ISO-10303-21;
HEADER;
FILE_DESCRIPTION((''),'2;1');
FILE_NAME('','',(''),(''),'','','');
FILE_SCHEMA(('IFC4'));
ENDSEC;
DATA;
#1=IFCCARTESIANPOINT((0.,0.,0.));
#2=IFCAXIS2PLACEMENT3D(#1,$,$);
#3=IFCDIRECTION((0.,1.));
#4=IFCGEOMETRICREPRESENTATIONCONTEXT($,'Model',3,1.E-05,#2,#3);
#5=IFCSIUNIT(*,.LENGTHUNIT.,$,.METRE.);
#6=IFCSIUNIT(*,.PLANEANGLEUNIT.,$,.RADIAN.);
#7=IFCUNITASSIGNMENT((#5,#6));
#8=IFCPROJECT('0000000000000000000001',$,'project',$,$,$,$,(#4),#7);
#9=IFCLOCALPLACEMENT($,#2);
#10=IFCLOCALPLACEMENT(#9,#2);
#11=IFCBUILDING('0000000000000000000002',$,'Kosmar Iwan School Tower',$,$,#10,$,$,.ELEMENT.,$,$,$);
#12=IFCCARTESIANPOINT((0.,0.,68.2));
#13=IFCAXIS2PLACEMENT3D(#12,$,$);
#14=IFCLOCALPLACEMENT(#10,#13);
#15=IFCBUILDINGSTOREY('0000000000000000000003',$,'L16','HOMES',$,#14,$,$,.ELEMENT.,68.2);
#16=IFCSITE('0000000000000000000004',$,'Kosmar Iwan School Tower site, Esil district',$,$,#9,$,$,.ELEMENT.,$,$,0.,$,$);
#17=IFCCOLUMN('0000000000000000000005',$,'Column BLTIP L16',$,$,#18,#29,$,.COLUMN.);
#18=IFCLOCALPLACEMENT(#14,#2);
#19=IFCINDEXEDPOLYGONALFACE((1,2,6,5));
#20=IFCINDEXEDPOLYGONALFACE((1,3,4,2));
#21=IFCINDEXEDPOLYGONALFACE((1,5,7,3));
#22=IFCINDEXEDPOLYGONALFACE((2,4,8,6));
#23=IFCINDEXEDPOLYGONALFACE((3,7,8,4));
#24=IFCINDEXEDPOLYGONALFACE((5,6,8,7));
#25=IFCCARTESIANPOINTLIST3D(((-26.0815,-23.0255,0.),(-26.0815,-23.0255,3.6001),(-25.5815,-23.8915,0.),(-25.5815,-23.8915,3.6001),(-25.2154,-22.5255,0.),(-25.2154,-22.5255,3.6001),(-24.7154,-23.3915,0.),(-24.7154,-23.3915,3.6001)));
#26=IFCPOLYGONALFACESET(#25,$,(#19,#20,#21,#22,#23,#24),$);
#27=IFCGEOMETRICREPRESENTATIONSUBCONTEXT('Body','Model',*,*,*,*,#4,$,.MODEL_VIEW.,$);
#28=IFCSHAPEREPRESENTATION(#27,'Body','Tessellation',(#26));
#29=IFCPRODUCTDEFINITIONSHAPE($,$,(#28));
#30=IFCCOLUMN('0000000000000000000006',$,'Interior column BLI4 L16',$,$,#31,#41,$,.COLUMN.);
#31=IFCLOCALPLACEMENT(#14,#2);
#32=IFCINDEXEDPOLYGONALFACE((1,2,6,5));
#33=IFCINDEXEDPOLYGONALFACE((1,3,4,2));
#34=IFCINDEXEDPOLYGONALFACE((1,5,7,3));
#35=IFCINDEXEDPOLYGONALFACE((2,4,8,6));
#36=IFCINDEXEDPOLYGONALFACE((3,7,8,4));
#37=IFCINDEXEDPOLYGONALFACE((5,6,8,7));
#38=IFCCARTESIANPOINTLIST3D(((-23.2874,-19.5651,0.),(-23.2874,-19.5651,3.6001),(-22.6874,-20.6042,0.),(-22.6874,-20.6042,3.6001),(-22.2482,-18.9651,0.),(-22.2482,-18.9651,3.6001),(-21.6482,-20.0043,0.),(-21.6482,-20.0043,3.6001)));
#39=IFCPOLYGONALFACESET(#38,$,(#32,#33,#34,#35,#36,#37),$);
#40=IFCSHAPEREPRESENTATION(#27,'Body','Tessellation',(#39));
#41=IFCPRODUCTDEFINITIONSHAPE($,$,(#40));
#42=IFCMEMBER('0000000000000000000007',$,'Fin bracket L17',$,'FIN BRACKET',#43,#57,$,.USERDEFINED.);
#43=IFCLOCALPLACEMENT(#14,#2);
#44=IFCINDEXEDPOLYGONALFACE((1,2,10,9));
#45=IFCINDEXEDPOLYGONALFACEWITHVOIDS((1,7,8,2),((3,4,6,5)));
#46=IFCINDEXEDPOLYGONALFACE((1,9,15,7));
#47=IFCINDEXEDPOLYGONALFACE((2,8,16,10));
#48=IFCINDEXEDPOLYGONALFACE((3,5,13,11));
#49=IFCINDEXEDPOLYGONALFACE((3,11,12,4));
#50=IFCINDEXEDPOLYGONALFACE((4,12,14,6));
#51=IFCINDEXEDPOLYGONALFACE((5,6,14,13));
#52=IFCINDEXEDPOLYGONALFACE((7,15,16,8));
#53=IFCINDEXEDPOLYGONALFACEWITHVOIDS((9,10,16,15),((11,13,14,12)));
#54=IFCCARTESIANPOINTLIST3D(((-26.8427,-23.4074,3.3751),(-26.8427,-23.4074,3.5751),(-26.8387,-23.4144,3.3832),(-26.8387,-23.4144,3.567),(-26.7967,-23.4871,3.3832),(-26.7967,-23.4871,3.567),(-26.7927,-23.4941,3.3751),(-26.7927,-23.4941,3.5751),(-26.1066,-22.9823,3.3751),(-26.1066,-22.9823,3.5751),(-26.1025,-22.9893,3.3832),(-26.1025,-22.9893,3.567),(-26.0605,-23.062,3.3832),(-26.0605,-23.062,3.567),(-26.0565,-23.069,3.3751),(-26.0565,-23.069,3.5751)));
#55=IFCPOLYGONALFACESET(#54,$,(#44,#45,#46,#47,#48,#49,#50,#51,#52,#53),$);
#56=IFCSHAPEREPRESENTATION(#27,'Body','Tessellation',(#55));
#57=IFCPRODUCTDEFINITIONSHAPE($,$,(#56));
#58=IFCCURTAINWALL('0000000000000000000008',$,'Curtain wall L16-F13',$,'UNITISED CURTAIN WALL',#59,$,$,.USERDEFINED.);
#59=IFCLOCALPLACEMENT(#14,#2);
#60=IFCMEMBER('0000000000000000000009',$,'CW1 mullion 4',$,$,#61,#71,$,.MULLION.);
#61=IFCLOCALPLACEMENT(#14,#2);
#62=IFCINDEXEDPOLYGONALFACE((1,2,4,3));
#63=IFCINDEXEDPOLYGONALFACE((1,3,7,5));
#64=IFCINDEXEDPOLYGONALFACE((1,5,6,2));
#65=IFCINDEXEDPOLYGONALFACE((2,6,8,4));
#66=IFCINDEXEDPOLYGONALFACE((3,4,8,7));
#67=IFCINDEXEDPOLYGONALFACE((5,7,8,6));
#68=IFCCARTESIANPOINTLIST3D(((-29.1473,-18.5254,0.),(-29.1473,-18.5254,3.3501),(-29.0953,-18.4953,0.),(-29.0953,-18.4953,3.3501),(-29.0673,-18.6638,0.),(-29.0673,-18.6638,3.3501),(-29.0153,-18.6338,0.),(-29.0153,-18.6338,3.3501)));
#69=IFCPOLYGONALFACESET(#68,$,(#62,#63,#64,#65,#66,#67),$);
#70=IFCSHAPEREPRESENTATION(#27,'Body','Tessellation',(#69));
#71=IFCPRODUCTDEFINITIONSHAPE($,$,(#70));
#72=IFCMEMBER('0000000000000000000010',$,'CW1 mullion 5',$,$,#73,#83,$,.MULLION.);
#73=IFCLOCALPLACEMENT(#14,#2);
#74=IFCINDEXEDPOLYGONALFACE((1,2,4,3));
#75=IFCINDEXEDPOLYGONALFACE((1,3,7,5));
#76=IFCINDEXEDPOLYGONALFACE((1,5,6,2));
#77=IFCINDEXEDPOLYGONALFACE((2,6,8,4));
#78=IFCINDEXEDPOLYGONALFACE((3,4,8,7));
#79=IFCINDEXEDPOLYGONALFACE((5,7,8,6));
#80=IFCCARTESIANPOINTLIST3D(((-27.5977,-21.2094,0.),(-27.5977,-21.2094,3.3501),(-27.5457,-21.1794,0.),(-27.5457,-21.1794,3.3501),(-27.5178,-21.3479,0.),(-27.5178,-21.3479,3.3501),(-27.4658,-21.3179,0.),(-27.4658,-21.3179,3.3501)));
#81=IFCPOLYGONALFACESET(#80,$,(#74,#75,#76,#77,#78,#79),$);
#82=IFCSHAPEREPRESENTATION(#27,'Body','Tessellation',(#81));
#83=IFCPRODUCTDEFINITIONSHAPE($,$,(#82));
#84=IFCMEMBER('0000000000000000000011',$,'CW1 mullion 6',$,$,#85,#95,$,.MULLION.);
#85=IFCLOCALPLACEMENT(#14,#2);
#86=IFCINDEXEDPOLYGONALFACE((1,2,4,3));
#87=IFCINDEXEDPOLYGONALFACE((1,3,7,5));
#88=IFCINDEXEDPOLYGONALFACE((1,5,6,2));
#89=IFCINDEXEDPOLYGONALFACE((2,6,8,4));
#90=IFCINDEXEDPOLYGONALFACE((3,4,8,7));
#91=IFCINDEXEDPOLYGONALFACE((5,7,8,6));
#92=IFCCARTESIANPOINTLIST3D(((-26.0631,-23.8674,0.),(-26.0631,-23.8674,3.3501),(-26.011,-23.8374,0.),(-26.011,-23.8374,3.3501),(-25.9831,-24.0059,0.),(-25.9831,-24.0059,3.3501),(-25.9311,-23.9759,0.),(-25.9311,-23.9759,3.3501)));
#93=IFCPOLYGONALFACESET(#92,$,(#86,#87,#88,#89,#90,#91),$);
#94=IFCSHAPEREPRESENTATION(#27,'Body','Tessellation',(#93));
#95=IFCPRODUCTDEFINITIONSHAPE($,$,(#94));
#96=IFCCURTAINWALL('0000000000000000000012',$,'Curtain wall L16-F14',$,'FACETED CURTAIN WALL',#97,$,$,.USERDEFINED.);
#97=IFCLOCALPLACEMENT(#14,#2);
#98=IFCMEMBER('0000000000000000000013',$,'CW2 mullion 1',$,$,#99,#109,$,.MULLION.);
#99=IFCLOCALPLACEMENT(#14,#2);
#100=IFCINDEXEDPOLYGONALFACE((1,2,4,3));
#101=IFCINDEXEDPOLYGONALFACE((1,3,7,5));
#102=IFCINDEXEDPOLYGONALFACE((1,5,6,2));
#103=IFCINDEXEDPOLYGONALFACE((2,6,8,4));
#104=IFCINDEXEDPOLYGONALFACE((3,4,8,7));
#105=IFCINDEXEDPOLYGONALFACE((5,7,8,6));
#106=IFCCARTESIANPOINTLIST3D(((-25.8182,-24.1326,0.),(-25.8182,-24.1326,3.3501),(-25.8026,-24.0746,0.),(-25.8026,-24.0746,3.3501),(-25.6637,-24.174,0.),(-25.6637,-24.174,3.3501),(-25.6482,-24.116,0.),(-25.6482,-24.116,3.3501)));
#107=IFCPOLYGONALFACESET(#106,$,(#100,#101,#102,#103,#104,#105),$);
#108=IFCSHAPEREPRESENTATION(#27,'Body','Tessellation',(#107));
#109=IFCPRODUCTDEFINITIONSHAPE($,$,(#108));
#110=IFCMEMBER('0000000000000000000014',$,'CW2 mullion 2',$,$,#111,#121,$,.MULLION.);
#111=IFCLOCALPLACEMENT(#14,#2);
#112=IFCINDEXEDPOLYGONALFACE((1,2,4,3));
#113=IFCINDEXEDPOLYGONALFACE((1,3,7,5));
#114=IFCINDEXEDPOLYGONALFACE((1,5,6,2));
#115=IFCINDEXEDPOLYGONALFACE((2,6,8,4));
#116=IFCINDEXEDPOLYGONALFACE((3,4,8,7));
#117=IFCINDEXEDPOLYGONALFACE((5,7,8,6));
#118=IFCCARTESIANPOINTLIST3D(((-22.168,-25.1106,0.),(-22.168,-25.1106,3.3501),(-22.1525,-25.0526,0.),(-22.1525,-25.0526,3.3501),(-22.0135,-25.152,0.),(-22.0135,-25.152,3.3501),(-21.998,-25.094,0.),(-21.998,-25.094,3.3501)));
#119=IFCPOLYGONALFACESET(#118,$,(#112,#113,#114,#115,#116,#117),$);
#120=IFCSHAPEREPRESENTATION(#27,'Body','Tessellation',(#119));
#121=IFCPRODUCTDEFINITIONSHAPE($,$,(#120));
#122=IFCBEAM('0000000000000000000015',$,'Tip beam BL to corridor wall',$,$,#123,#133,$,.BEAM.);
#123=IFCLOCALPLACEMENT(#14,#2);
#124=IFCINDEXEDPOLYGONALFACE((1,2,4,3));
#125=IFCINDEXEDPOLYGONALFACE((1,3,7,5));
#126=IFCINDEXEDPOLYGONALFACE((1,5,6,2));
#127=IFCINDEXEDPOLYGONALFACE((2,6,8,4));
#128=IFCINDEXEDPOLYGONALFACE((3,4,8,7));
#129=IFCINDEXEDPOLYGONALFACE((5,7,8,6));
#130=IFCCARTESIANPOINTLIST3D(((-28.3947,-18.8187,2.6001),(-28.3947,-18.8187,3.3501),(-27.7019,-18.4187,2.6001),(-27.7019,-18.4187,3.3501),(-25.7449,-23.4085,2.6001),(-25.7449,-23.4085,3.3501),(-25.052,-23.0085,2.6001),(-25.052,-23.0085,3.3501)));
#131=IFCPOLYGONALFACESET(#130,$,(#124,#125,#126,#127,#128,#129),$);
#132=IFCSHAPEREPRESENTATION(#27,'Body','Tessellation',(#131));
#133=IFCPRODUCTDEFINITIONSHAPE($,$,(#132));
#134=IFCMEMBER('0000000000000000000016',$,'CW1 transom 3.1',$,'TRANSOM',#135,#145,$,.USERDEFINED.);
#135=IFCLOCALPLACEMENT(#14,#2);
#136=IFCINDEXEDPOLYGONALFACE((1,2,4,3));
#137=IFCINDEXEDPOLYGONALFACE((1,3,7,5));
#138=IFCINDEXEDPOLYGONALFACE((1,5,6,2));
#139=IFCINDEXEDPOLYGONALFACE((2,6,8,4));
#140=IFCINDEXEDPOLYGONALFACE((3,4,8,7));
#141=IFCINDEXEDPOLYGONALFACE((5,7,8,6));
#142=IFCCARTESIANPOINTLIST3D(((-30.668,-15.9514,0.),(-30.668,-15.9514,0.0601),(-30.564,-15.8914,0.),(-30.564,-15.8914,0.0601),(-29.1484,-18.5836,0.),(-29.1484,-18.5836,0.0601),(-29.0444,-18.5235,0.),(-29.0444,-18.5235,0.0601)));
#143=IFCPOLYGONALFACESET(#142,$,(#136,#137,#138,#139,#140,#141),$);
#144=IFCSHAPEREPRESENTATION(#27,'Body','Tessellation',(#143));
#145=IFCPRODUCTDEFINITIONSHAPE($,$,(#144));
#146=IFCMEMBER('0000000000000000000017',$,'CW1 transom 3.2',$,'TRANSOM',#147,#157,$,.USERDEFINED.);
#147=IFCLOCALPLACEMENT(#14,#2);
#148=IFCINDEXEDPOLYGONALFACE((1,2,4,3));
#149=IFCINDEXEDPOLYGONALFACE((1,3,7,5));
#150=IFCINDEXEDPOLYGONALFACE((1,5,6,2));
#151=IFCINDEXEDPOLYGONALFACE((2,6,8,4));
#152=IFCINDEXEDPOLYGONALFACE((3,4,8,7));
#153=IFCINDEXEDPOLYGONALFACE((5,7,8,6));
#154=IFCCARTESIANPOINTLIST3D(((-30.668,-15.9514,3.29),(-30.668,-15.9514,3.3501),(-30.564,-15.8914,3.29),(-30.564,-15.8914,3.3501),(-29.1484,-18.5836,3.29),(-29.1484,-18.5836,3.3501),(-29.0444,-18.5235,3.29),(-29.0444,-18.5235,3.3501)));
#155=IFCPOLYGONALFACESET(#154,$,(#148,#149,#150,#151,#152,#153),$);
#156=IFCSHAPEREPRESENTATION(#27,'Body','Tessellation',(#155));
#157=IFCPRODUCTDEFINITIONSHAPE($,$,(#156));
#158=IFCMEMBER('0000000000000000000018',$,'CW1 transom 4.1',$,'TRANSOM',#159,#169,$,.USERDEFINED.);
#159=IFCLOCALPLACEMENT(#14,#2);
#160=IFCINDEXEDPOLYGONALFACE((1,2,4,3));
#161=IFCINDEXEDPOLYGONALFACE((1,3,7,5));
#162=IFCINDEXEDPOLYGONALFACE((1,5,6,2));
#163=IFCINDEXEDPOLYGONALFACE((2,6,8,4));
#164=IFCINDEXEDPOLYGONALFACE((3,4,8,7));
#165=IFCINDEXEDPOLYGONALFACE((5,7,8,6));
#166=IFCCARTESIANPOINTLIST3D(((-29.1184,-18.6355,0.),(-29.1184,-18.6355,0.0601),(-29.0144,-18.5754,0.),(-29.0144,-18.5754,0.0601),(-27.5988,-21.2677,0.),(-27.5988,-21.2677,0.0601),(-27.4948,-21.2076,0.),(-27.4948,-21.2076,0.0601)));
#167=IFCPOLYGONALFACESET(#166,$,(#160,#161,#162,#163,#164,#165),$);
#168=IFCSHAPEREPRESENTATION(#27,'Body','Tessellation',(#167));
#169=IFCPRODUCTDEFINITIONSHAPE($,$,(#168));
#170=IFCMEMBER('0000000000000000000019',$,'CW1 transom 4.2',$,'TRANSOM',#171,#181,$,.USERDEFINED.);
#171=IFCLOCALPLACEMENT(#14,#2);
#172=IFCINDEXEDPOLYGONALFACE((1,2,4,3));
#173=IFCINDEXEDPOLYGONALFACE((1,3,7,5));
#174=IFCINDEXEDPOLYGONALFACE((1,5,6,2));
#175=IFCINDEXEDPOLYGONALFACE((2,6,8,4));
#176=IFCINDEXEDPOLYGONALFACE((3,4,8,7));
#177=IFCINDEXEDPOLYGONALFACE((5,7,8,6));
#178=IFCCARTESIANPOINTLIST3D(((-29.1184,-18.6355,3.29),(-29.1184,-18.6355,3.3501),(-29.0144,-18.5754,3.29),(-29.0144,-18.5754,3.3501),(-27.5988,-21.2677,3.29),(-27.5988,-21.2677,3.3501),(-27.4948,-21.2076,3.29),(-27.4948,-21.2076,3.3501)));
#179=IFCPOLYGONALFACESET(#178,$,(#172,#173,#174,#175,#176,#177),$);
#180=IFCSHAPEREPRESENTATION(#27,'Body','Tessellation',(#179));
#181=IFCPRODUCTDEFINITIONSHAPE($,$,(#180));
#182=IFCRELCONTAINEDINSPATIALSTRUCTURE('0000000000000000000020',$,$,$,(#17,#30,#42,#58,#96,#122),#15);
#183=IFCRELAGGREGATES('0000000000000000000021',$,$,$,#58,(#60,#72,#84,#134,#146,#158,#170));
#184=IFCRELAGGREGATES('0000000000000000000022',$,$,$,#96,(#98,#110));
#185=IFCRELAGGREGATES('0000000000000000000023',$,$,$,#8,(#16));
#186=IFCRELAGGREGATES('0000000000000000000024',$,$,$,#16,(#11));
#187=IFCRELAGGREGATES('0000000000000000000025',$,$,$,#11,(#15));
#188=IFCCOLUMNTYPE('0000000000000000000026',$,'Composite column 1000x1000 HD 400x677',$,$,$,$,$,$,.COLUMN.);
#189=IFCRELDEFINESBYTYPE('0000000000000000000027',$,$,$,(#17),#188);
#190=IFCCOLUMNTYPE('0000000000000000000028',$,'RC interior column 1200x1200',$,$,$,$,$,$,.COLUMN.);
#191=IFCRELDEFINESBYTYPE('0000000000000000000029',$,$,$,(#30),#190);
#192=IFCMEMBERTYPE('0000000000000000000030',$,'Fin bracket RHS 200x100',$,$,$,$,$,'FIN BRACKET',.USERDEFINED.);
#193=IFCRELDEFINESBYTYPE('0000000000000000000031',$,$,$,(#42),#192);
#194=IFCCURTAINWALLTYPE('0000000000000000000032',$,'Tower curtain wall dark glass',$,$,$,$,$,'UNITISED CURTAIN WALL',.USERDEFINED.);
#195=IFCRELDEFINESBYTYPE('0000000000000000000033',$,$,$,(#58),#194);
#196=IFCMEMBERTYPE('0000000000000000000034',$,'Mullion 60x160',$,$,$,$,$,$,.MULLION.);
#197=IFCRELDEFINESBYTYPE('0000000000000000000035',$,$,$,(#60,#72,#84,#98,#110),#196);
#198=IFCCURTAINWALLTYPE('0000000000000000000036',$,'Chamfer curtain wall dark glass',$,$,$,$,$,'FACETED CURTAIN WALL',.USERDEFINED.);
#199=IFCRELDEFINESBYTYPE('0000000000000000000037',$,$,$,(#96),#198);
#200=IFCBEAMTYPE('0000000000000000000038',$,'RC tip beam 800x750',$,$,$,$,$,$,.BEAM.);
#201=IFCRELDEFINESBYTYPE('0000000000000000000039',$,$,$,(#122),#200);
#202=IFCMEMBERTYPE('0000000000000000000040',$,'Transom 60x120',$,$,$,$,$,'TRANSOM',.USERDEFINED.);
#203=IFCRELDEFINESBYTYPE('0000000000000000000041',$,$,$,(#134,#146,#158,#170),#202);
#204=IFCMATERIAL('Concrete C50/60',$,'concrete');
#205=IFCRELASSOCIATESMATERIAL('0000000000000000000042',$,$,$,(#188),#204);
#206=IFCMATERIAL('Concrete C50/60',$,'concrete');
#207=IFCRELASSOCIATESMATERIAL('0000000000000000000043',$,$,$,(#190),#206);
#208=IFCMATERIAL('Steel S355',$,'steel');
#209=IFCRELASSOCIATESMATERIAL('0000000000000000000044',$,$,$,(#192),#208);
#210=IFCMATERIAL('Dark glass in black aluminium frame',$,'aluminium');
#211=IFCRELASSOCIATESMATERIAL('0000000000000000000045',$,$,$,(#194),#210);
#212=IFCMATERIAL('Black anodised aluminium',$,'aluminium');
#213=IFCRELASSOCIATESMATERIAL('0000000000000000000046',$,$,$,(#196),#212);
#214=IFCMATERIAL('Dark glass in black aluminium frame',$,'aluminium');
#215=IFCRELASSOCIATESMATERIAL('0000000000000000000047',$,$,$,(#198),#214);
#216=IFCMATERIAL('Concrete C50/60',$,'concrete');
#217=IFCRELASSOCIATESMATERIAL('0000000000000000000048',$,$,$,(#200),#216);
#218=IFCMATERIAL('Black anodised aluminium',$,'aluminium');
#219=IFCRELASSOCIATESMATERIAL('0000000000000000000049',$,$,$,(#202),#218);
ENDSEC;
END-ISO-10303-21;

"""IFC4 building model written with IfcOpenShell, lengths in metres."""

from ifc_helpers import new_model, si_unit, direction, frame, origin, origin_2d, place, context, subcontext, project, spatial, rectangle, hollow_rectangle, extrude, material, material_profile, profile_set, type_object, element, aggregate, save


model = new_model("IFC4")

# Units and contexts
model_context = context("Model", 3, precision=1e-05, world=origin(), true_north=direction((0.0, 1.0)))
body_context = subcontext(model_context, "Body", "Model", "MODEL_VIEW")
ifc_project = project(units=[si_unit("LENGTHUNIT", "METRE"), si_unit("PLANEANGLEUNIT", "RADIAN")], contexts=[model_context])

# Site, building, storey
site_placement = place(None, origin())
site = spatial("IfcSite", under=ifc_project, at=site_placement, Name="Kosmar Iwan School Tower site, Esil district", CompositionType="ELEMENT", RefElevation=0.0)
building_placement = place(site_placement, origin())
building = spatial("IfcBuilding", under=site, at=building_placement, Name="Kosmar Iwan School Tower", CompositionType="ELEMENT")
storey_placement = place(building_placement, frame((0.0, 0.0, 68.2)))
storey = spatial("IfcBuildingStorey", under=building, at=storey_placement, Name="L16", Description="HOMES", CompositionType="ELEMENT", Elevation=68.2)

# Columns
ifc_material_1 = material(Name="Concrete C50/60", Category="concrete")
ifc_material_profile_1 = material_profile(ifc_material_1, rectangle(XDim=1.0, YDim=1.0, at=origin_2d()), Name="RC 1000x1000 + HD 400x677")
ifc_profile_set_1 = profile_set([ifc_material_profile_1], Name="Concrete C50/60")
column_type_1 = type_object("IfcColumnType", Name="Composite column 1000x1000 HD 400x677", PredefinedType="COLUMN", material=ifc_profile_set_1)
column_1_placement = place(storey_placement, frame((-25.3984, -23.2085, 0.0), z_axis=(0.0, 0.0, 1.0), x_axis=(-0.866025, -0.5, 0.0)))
element("IfcColumn", 1, at=column_1_placement, inside=storey, type_object=column_type_1, Name="Column BLTIP L16", PredefinedType="COLUMN", context=body_context, shape_type="SweptSolid", body=[
    extrude(rectangle(XDim=1.0, YDim=1.0, at=origin_2d()), origin(), (0.0, 0.0, 1.0), 3.6001),
])
ifc_material_2 = material(Name="Concrete C50/60", Category="concrete")
ifc_material_profile_2 = material_profile(ifc_material_2, rectangle(XDim=1.2, YDim=1.2, at=origin_2d()), Name="RC 1200x1200")
ifc_profile_set_2 = profile_set([ifc_material_profile_2], Name="Concrete C50/60")
column_type_2 = type_object("IfcColumnType", Name="RC interior column 1200x1200", PredefinedType="COLUMN", material=ifc_profile_set_2)
column_2_placement = place(storey_placement, frame((-22.4678, -19.7847, 0.0), z_axis=(0.0, 0.0, 1.0), x_axis=(-0.866025, -0.5, 0.0)))
element("IfcColumn", 2, at=column_2_placement, inside=storey, type_object=column_type_2, Name="Interior column BLI4 L16", PredefinedType="COLUMN", context=body_context, shape_type="SweptSolid", body=[
    extrude(rectangle(XDim=1.2, YDim=1.2, at=origin_2d()), origin(), (0.0, 0.0, 1.0), 3.6001),
])

# Member
ifc_material_3 = material(Name="Steel S355", Category="steel")
ifc_material_profile_3 = material_profile(ifc_material_3, hollow_rectangle(XDim=0.1001, YDim=0.2, WallThickness=0.0081, at=origin_2d()), Name="RHS 200x100x8")
ifc_profile_set_3 = profile_set([ifc_material_profile_3], Name="Steel S355")
member_type_1 = type_object("IfcMemberType", Name="Fin bracket RHS 200x100", ElementType="FIN BRACKET", PredefinedType="USERDEFINED", material=ifc_profile_set_3)
member_1_placement = place(storey_placement, frame((-26.0815, -23.0256, 3.4751), z_axis=(-0.865989, -0.500062, 0.0), x_axis=(0.500062, -0.865989, 0.0)))
element("IfcMember", 3, at=member_1_placement, inside=storey, type_object=member_type_1, Name="Fin bracket L17", ObjectType="FIN BRACKET", PredefinedType="USERDEFINED", context=body_context, shape_type="SweptSolid", body=[
    extrude(hollow_rectangle(XDim=0.1001, YDim=0.2, WallThickness=0.0081, at=origin_2d()), origin(), (0.0, 0.0, 1.0), 0.8501),
])

# Curtain walls, members
ifc_material_4 = material(Name="Dark glass in black aluminium frame", Category="aluminium")
curtain_wall_type_1 = type_object("IfcCurtainWallType", Name="Tower curtain wall dark glass", ElementType="UNITISED CURTAIN WALL", PredefinedType="USERDEFINED", material=ifc_material_4)
curtain_wall_1_placement = place(storey_placement, origin())
curtain_wall_1 = element("IfcCurtainWall", 4, at=curtain_wall_1_placement, inside=storey, type_object=curtain_wall_type_1, Name="Curtain wall L16-F13", ObjectType="UNITISED CURTAIN WALL", PredefinedType="USERDEFINED")
ifc_material_5 = material(Name="Black anodised aluminium", Category="aluminium")
ifc_material_profile_4 = material_profile(ifc_material_5, rectangle(XDim=0.0601, YDim=0.1599, at=origin_2d()), Name="MULLION 60x160")
ifc_profile_set_4 = profile_set([ifc_material_profile_4], Name="Black anodised aluminium")
member_type_2 = type_object("IfcMemberType", Name="Mullion 60x160", PredefinedType="MULLION", material=ifc_profile_set_4)
member_2_placement = place(storey_placement, frame((-29.0813, -18.5796, 0.0), z_axis=(0.0, 0.0, 1.0), x_axis=(0.866025, 0.5, 0.0)))
member_2 = element("IfcMember", 5, at=member_2_placement, type_object=member_type_2, Name="CW1 mullion 4", PredefinedType="MULLION", context=body_context, shape_type="SweptSolid", body=[
    extrude(rectangle(XDim=0.0601, YDim=0.1599, at=origin_2d()), origin(), (0.0, 0.0, 1.0), 3.3501),
])
member_3_placement = place(storey_placement, frame((-27.5317, -21.2637, 0.0), z_axis=(0.0, 0.0, 1.0), x_axis=(0.866025, 0.5, 0.0)))
member_3 = element("IfcMember", 6, at=member_3_placement, type_object=member_type_2, Name="CW1 mullion 5", PredefinedType="MULLION", context=body_context, shape_type="SweptSolid", body=[
    extrude(rectangle(XDim=0.0601, YDim=0.1599, at=origin_2d()), origin(), (0.0, 0.0, 1.0), 3.3501),
])
member_4_placement = place(storey_placement, frame((-25.9971, -23.9216, 0.0), z_axis=(0.0, 0.0, 1.0), x_axis=(0.866025, 0.5, 0.0)))
member_4 = element("IfcMember", 7, at=member_4_placement, type_object=member_type_2, Name="CW1 mullion 6", PredefinedType="MULLION", context=body_context, shape_type="SweptSolid", body=[
    extrude(rectangle(XDim=0.0601, YDim=0.1599, at=origin_2d()), origin(), (0.0, 0.0, 1.0), 3.3501),
])
ifc_material_6 = material(Name="Dark glass in black aluminium frame", Category="aluminium")
curtain_wall_type_2 = type_object("IfcCurtainWallType", Name="Chamfer curtain wall dark glass", ElementType="FACETED CURTAIN WALL", PredefinedType="USERDEFINED", material=ifc_material_6)
curtain_wall_2_placement = place(storey_placement, origin())
curtain_wall_2 = element("IfcCurtainWall", 8, at=curtain_wall_2_placement, inside=storey, type_object=curtain_wall_type_2, Name="Curtain wall L16-F14", ObjectType="FACETED CURTAIN WALL", PredefinedType="USERDEFINED")
member_5_placement = place(storey_placement, frame((-25.7332, -24.1243, 0.0), z_axis=(0.0, 0.0, 1.0), x_axis=(0.258819, 0.965926, 0.0)))
member_5 = element("IfcMember", 9, at=member_5_placement, type_object=member_type_2, Name="CW2 mullion 1", PredefinedType="MULLION", context=body_context, shape_type="SweptSolid", body=[
    extrude(rectangle(XDim=0.0601, YDim=0.1599, at=origin_2d()), origin(), (0.0, 0.0, 1.0), 3.3501),
])
member_6_placement = place(storey_placement, frame((-22.083, -25.1023, 0.0), z_axis=(0.0, 0.0, 1.0), x_axis=(0.258819, 0.965926, 0.0)))
member_6 = element("IfcMember", 10, at=member_6_placement, type_object=member_type_2, Name="CW2 mullion 2", PredefinedType="MULLION", context=body_context, shape_type="SweptSolid", body=[
    extrude(rectangle(XDim=0.0601, YDim=0.1599, at=origin_2d()), origin(), (0.0, 0.0, 1.0), 3.3501),
])

# Beam
ifc_material_7 = material(Name="Concrete C50/60", Category="concrete")
ifc_material_profile_5 = material_profile(ifc_material_7, rectangle(XDim=0.8, YDim=0.75, at=origin_2d()), Name="RC 800x750")
ifc_profile_set_5 = profile_set([ifc_material_profile_5], Name="Concrete C50/60")
beam_type = type_object("IfcBeamType", Name="RC tip beam 800x750", PredefinedType="BEAM", material=ifc_profile_set_5)
beam_placement = place(storey_placement, frame((-25.3984, -23.2085, 2.9751), z_axis=(-0.499994, 0.866029, 0.0), x_axis=(-0.866029, -0.499994, 0.0)))
element("IfcBeam", 11, at=beam_placement, inside=storey, type_object=beam_type, Name="Tip beam BL to corridor wall", PredefinedType="BEAM", context=body_context, shape_type="SweptSolid", body=[
    extrude(rectangle(XDim=0.8, YDim=0.75, at=origin_2d()), origin(), (0.0, 0.0, 1.0), 5.2998),
])

# Members
ifc_material_8 = material(Name="Black anodised aluminium", Category="aluminium")
ifc_material_profile_6 = material_profile(ifc_material_8, rectangle(XDim=0.1201, YDim=0.0601, at=origin_2d()), Name="TRANSOM 60x120")
ifc_profile_set_6 = profile_set([ifc_material_profile_6], Name="Black anodised aluminium")
member_type_3 = type_object("IfcMemberType", Name="Transom 60x120", ElementType="TRANSOM", PredefinedType="USERDEFINED", material=ifc_profile_set_6)
member_7_placement = place(storey_placement, frame((-30.616, -15.9214, 0.03), z_axis=(0.499975, -0.86604, 0.0), x_axis=(0.86604, 0.499975, 0.0)))
member_7 = element("IfcMember", 12, at=member_7_placement, type_object=member_type_3, Name="CW1 transom 3.1", ObjectType="TRANSOM", PredefinedType="USERDEFINED", context=body_context, shape_type="SweptSolid", body=[
    extrude(rectangle(XDim=0.1201, YDim=0.0601, at=origin_2d()), origin(), (0.0, 0.0, 1.0), 3.0393),
])
member_8_placement = place(storey_placement, frame((-30.616, -15.9214, 3.3201), z_axis=(0.499975, -0.86604, 0.0), x_axis=(0.86604, 0.499975, 0.0)))
member_8 = element("IfcMember", 13, at=member_8_placement, type_object=member_type_3, Name="CW1 transom 3.2", ObjectType="TRANSOM", PredefinedType="USERDEFINED", context=body_context, shape_type="SweptSolid", body=[
    extrude(rectangle(XDim=0.1201, YDim=0.0601, at=origin_2d()), origin(), (0.0, 0.0, 1.0), 3.0393),
])
member_9_placement = place(storey_placement, frame((-29.0664, -18.6055, 0.03), z_axis=(0.499975, -0.86604, 0.0), x_axis=(0.86604, 0.499975, 0.0)))
member_9 = element("IfcMember", 14, at=member_9_placement, type_object=member_type_3, Name="CW1 transom 4.1", ObjectType="TRANSOM", PredefinedType="USERDEFINED", context=body_context, shape_type="SweptSolid", body=[
    extrude(rectangle(XDim=0.1201, YDim=0.0601, at=origin_2d()), origin(), (0.0, 0.0, 1.0), 3.0393),
])
member_10_placement = place(storey_placement, frame((-29.0664, -18.6055, 3.3201), z_axis=(0.499975, -0.86604, 0.0), x_axis=(0.86604, 0.499975, 0.0)))
member_10 = element("IfcMember", 15, at=member_10_placement, type_object=member_type_3, Name="CW1 transom 4.2", ObjectType="TRANSOM", PredefinedType="USERDEFINED", context=body_context, shape_type="SweptSolid", body=[
    extrude(rectangle(XDim=0.1201, YDim=0.0601, at=origin_2d()), origin(), (0.0, 0.0, 1.0), 3.0393),
])

aggregate(curtain_wall_1, [member_2, member_3, member_4, member_7, member_8, member_9, member_10])
aggregate(curtain_wall_2, [member_5, member_6])

save(model, "model.ifc")
